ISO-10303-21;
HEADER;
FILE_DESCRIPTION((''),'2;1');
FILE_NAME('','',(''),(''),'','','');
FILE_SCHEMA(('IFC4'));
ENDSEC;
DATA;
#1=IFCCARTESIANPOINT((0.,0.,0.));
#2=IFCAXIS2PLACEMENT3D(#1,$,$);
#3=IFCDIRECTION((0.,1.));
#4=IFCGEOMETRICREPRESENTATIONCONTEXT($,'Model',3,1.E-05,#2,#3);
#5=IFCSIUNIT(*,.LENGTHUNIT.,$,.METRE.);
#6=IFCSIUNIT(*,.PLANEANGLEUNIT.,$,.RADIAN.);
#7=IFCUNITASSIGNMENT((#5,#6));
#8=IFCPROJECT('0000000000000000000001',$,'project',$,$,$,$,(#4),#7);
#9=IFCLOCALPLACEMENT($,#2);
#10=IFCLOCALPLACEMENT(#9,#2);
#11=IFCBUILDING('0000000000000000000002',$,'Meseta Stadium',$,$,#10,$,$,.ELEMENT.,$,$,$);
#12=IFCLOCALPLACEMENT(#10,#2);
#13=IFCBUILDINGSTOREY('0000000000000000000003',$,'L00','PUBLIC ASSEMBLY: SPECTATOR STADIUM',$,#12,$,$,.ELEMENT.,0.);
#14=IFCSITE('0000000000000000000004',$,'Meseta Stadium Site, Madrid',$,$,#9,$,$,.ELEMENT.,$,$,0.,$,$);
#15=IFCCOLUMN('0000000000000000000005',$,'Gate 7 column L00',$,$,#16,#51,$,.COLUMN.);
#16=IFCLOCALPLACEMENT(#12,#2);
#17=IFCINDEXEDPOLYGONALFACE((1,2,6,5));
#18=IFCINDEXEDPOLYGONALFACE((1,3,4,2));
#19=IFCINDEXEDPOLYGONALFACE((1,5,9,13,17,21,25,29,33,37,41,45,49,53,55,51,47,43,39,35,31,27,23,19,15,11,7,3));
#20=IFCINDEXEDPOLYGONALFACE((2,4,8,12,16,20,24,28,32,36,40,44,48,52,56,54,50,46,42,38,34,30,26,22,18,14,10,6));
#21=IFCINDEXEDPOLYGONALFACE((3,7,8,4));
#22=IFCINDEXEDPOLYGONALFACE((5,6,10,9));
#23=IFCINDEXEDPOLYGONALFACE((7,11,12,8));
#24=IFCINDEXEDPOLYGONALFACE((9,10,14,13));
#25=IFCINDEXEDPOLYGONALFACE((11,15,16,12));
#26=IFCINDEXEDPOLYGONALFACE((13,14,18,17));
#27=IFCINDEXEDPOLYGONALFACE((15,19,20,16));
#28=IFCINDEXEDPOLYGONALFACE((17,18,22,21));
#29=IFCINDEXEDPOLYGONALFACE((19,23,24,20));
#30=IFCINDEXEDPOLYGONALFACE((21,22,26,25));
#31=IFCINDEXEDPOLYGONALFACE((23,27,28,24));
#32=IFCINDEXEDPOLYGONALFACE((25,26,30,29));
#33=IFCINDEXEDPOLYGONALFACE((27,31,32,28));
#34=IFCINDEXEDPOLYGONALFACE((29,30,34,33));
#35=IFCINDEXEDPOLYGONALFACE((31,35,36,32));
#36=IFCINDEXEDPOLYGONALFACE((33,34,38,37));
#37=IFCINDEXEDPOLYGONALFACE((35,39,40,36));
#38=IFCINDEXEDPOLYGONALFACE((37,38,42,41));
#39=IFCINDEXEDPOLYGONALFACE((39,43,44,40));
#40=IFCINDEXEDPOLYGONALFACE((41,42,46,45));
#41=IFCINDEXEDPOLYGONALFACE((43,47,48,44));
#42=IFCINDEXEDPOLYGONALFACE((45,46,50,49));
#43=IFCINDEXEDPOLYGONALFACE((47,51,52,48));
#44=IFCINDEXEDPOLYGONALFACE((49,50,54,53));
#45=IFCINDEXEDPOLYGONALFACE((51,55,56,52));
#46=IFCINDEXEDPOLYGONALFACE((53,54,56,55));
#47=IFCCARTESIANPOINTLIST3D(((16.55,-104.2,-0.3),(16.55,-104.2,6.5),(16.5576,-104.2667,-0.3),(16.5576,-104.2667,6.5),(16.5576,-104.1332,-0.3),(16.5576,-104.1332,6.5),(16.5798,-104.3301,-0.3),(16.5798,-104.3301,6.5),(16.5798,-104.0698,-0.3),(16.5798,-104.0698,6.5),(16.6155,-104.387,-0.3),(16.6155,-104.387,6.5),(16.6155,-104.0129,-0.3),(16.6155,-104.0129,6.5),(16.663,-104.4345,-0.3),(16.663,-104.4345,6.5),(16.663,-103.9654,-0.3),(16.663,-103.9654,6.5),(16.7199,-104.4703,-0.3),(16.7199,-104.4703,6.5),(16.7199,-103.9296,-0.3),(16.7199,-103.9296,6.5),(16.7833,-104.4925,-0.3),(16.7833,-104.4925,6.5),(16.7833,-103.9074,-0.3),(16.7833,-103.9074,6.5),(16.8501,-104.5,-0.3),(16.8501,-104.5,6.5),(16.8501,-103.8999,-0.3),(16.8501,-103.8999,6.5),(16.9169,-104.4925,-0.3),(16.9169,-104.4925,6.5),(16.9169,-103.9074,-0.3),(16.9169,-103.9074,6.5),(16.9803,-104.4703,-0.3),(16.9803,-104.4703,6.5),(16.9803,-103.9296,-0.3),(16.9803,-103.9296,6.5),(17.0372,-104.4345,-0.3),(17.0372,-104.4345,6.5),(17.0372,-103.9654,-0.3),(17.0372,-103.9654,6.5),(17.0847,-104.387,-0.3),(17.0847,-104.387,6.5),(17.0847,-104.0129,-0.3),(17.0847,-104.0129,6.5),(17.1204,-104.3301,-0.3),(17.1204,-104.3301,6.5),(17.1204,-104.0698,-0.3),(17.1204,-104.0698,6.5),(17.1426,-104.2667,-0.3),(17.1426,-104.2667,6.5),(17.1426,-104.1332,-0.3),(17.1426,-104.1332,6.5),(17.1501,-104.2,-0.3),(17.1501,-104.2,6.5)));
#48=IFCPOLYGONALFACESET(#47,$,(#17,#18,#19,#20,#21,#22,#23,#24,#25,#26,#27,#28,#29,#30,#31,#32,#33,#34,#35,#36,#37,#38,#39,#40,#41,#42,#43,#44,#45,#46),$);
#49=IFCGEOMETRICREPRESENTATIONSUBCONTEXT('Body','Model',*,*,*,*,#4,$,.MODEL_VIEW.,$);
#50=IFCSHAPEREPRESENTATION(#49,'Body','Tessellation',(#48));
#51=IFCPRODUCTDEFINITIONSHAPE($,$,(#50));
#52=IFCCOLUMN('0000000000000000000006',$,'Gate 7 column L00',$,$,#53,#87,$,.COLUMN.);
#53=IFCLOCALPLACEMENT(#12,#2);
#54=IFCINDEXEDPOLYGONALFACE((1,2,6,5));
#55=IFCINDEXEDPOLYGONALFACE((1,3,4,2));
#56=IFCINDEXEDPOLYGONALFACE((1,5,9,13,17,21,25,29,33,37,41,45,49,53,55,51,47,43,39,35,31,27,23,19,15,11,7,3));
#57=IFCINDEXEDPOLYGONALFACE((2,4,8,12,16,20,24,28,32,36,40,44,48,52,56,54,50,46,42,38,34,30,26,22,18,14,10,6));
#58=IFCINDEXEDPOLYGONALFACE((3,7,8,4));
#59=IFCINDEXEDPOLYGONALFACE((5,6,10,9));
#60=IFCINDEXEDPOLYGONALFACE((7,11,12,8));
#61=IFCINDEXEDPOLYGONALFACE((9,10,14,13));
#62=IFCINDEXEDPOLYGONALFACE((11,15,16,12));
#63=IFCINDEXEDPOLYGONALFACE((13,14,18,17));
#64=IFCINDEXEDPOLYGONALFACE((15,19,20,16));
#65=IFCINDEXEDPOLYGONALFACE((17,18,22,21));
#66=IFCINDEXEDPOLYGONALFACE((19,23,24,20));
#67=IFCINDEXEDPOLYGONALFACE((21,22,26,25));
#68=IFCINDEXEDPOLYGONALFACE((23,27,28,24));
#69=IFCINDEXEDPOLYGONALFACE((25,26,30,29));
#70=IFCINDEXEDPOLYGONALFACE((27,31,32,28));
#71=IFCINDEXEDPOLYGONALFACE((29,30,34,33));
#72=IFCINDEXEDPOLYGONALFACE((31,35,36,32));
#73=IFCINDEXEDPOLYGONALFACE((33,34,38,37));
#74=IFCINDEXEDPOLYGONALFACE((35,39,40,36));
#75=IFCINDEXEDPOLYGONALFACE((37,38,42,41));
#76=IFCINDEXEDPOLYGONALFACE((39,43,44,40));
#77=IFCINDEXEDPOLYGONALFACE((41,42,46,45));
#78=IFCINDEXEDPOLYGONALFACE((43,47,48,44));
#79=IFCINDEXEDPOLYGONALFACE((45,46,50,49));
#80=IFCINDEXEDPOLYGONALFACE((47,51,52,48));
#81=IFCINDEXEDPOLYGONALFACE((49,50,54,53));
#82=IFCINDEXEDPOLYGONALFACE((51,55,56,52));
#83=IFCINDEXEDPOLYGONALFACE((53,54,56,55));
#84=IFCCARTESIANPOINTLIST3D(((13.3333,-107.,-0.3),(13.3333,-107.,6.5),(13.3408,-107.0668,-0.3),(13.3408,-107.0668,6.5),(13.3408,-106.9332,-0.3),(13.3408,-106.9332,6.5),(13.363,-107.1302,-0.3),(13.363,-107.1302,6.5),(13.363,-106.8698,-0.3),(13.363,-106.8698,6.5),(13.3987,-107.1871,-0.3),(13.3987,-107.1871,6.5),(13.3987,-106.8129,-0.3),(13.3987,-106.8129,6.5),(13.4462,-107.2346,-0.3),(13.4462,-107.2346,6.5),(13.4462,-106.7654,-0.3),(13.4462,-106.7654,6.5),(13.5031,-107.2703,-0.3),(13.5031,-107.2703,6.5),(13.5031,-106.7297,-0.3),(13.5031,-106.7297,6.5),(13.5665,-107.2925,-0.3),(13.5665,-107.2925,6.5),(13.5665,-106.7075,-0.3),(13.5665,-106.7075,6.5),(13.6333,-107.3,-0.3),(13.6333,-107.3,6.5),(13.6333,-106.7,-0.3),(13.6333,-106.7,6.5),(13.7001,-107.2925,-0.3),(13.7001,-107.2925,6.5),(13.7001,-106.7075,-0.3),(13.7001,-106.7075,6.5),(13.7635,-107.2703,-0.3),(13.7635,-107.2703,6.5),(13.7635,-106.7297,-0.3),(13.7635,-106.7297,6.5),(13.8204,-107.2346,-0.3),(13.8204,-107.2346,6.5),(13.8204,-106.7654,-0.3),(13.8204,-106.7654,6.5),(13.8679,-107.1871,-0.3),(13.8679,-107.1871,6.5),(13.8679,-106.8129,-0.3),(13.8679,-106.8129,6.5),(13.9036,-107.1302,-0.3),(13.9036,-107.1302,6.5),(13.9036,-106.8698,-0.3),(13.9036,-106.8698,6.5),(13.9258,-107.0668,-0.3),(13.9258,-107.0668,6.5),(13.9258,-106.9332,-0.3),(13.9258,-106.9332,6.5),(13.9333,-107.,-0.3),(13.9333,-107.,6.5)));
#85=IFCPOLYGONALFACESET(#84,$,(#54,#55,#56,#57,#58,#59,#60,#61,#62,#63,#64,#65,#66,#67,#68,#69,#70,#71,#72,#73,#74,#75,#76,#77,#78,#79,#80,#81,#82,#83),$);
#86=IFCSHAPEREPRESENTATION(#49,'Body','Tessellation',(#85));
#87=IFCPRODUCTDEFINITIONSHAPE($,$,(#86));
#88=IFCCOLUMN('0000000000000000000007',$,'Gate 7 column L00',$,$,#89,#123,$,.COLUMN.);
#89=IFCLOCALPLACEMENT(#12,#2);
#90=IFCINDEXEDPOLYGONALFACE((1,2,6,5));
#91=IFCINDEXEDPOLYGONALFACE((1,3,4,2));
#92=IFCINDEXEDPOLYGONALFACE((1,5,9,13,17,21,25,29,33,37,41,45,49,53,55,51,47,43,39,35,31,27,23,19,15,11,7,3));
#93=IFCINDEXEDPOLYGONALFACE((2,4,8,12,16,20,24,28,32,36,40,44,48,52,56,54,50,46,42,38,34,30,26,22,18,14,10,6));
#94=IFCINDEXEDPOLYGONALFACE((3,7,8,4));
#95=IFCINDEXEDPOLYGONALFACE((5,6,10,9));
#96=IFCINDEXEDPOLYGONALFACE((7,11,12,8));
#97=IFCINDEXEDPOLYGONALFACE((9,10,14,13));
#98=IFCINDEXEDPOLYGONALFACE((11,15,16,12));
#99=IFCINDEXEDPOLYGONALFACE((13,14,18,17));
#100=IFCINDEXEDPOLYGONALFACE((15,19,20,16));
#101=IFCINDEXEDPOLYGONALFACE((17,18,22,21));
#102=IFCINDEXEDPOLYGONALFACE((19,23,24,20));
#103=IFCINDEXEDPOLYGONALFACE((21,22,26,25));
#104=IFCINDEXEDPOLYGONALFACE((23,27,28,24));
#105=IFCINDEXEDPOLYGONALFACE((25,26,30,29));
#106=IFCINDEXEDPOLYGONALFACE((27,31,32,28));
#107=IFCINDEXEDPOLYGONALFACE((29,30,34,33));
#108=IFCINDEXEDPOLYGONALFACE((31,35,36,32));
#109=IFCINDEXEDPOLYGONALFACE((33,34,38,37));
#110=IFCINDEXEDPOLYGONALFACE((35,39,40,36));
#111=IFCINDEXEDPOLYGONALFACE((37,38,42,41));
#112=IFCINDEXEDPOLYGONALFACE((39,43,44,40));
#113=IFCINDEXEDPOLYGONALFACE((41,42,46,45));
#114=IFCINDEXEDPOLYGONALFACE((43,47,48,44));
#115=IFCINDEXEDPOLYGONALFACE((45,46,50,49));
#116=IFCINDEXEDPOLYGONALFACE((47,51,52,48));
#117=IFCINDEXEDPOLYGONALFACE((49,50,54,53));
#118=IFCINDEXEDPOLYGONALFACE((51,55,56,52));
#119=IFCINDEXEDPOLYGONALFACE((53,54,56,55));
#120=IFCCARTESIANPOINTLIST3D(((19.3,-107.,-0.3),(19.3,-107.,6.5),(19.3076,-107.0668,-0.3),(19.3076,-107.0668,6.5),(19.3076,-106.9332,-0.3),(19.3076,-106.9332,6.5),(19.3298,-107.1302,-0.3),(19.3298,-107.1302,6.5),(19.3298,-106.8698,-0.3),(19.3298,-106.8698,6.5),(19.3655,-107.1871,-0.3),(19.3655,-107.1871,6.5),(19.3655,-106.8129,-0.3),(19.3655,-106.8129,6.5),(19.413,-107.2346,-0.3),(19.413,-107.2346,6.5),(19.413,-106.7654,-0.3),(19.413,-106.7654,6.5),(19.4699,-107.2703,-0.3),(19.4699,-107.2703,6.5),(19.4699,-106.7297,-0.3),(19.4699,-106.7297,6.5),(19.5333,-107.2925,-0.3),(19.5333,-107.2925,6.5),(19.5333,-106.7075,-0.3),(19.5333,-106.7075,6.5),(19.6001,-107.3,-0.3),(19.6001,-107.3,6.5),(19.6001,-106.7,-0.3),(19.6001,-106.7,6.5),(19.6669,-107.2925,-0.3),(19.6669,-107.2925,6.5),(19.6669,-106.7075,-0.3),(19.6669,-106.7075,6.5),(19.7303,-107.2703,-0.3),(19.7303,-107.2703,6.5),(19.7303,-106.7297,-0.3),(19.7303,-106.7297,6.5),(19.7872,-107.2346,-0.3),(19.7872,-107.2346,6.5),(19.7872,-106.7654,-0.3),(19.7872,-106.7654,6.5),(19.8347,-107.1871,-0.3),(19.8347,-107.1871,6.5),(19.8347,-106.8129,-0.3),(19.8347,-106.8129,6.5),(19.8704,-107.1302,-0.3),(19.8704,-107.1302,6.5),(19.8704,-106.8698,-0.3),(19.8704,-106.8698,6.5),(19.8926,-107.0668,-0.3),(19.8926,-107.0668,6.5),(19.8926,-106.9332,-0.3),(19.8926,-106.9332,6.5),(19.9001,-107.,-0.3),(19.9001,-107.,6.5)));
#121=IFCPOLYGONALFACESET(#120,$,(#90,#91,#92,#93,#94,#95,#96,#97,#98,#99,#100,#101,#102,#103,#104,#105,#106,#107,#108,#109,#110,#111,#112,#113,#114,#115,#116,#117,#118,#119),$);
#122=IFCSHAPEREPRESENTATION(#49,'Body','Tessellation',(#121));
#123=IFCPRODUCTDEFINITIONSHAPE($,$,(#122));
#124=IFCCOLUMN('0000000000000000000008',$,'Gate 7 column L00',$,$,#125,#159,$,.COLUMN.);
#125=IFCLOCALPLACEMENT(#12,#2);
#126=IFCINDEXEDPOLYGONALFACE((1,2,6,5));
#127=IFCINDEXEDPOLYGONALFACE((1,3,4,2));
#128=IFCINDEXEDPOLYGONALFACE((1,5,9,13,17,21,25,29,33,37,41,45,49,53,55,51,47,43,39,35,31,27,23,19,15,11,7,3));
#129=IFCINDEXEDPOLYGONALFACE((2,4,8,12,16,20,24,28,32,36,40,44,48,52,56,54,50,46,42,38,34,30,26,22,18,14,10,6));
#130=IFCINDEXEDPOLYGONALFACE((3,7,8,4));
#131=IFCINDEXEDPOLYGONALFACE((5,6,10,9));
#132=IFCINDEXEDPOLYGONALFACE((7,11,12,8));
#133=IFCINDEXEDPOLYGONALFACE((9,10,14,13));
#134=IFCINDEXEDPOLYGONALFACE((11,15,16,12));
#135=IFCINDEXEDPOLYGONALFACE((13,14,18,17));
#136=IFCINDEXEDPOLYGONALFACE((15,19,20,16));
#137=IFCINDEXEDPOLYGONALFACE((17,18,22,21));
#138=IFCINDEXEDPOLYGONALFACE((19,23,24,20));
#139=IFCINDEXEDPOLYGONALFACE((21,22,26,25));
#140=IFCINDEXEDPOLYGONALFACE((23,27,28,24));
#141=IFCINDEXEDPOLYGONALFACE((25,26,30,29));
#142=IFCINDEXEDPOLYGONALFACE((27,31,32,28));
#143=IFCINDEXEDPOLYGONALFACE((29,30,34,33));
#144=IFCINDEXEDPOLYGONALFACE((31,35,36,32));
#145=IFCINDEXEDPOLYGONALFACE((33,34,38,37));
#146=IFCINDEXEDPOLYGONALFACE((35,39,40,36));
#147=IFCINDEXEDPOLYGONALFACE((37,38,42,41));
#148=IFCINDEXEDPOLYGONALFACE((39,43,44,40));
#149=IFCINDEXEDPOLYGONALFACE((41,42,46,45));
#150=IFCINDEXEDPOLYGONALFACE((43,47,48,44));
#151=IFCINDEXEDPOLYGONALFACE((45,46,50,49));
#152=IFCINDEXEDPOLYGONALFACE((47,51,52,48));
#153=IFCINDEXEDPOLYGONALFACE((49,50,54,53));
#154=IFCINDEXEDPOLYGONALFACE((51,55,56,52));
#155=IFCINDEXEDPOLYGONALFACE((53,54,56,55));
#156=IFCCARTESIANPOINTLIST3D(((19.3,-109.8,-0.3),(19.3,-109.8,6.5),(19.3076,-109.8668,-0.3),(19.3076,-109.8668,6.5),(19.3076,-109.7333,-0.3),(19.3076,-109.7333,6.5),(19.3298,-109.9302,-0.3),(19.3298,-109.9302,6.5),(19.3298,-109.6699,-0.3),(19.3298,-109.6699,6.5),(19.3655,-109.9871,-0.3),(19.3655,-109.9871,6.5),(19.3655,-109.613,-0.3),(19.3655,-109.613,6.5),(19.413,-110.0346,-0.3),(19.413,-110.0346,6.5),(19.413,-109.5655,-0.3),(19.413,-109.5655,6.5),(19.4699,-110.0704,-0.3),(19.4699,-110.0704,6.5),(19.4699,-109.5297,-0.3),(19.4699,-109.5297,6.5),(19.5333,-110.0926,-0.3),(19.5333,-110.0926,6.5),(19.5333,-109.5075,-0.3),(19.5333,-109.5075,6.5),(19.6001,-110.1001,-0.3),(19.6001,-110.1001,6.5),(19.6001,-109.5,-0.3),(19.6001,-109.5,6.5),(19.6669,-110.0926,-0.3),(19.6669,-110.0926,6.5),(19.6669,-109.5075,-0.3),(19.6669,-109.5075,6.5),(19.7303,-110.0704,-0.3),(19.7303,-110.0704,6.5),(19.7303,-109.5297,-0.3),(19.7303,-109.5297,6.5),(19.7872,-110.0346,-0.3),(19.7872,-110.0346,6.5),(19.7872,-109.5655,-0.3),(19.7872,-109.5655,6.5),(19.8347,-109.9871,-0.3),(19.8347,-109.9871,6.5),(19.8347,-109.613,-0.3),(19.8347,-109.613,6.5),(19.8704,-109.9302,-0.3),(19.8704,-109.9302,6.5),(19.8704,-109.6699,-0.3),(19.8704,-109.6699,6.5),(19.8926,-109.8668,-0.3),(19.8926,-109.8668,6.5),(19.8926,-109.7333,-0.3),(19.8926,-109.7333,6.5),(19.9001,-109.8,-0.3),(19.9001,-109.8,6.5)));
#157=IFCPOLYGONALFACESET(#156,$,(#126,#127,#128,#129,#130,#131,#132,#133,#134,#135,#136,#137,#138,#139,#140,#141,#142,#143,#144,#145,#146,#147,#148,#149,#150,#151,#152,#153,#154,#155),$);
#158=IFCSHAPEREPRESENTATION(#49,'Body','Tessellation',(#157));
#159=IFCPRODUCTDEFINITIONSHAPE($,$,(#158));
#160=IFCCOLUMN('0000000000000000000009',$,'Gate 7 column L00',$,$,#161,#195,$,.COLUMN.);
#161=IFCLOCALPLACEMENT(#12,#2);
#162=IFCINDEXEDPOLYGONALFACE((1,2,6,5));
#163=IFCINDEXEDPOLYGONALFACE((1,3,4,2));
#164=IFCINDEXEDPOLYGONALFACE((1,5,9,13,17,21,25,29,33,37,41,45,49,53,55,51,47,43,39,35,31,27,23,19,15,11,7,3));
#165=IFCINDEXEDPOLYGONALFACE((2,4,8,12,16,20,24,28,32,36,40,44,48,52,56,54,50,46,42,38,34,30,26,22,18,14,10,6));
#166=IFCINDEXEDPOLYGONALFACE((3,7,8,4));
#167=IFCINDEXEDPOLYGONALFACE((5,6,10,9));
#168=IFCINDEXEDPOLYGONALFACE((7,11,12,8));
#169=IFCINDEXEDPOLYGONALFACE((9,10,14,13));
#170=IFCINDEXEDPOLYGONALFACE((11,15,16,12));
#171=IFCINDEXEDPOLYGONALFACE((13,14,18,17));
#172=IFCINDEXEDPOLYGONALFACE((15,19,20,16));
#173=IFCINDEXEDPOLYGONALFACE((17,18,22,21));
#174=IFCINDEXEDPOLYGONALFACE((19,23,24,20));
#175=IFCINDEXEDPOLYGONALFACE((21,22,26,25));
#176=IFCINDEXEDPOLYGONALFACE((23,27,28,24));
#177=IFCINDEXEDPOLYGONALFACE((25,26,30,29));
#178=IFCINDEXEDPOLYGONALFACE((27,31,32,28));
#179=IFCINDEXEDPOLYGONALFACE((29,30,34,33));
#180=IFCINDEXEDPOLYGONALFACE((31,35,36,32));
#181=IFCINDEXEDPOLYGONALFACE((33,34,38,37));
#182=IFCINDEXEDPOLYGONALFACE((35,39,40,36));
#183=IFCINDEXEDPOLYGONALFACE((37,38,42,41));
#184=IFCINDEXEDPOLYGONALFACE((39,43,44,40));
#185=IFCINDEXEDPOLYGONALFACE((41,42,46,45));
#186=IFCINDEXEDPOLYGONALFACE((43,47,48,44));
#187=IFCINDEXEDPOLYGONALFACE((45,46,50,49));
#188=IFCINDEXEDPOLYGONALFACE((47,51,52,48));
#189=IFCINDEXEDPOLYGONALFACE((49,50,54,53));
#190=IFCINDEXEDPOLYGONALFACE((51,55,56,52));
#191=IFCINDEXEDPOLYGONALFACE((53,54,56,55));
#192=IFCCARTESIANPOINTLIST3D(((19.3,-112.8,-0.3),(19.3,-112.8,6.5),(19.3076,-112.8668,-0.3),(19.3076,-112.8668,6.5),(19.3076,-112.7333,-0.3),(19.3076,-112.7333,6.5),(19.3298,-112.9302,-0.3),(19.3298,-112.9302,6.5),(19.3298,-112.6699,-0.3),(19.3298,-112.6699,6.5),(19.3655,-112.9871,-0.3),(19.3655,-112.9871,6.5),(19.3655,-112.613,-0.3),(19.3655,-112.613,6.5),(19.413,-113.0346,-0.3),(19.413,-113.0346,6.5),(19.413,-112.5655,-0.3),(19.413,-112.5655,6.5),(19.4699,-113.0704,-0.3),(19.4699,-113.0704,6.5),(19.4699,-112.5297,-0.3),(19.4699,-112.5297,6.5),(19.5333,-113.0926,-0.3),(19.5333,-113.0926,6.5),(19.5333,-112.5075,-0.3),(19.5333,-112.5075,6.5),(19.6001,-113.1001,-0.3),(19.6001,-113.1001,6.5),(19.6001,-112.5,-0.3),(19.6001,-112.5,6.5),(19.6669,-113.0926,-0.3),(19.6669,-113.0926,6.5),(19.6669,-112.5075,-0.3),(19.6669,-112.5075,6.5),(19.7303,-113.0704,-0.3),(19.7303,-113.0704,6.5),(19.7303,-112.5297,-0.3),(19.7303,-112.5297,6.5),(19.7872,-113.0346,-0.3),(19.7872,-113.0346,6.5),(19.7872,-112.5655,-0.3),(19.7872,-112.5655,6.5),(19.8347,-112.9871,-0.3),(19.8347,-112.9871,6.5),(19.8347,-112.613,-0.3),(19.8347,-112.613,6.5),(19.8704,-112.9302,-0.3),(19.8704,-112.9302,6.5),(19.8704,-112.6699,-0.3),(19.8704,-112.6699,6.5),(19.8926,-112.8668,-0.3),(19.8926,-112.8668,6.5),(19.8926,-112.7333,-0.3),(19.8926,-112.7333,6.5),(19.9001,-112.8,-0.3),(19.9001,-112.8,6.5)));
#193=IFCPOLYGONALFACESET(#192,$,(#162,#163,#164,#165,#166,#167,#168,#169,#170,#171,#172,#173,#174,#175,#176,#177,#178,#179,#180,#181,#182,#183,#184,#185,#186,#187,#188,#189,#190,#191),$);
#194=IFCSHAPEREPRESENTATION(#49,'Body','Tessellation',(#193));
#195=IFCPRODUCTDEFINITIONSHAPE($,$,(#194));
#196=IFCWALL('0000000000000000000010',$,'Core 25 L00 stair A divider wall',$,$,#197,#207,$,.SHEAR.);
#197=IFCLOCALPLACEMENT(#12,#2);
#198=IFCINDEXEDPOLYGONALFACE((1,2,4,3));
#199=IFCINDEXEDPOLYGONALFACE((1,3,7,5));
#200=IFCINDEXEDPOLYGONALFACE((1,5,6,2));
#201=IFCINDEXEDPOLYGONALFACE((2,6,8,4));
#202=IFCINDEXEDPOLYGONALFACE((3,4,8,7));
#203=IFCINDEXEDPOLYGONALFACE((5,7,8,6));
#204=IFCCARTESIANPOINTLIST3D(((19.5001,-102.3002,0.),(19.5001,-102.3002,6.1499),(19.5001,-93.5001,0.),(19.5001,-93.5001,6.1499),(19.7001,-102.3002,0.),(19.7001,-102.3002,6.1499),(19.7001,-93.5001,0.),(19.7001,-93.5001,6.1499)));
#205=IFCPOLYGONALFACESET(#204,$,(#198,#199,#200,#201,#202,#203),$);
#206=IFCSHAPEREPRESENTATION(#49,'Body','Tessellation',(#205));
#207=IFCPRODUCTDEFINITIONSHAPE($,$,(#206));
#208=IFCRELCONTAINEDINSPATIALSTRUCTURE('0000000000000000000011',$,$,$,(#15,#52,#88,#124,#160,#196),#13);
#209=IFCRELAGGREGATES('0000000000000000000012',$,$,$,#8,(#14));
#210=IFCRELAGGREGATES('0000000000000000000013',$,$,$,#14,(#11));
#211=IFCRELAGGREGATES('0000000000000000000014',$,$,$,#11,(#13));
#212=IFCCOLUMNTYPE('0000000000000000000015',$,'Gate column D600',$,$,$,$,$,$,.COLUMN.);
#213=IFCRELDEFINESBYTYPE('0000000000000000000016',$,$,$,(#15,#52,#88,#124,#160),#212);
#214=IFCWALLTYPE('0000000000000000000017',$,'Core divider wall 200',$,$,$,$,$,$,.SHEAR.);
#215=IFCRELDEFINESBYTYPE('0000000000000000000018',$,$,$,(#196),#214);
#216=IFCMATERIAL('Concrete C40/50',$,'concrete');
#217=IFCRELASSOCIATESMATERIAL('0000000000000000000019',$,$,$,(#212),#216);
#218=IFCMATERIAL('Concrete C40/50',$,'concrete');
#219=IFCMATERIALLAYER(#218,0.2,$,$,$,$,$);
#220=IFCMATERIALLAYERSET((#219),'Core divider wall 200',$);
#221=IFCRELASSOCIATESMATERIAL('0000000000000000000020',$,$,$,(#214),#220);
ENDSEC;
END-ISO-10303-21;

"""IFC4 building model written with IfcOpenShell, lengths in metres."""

from ifc_helpers import new_model, si_unit, direction, frame, frame_2d, origin, origin_2d, place, context, subcontext, project, spatial, rectangle, circle, extrude, material, layer, layer_set, material_profile, profile_set, type_object, element, save


model = new_model("IFC4")

# Units and contexts
model_context = context("Model", 3, precision=1e-05, world=origin(), true_north=direction((0.0, 1.0)))
body_context = subcontext(model_context, "Body", "Model", "MODEL_VIEW")
ifc_project = project(units=[si_unit("LENGTHUNIT", "METRE"), si_unit("PLANEANGLEUNIT", "RADIAN")], contexts=[model_context])

# Site, building, storey
site_placement = place(None, origin())
site = spatial("IfcSite", under=ifc_project, at=site_placement, Name="Meseta Stadium Site, Madrid", CompositionType="ELEMENT", RefElevation=0.0)
building_placement = place(site_placement, origin())
building = spatial("IfcBuilding", under=site, at=building_placement, Name="Meseta Stadium", CompositionType="ELEMENT")
storey_placement = place(building_placement, origin())
storey = spatial("IfcBuildingStorey", under=building, at=storey_placement, Name="L00", Description="PUBLIC ASSEMBLY: SPECTATOR STADIUM", CompositionType="ELEMENT", Elevation=0.0)

# Columns
ifc_material_1 = material(Name="Concrete C40/50", Category="concrete")
ifc_material_profile = material_profile(ifc_material_1, circle(Radius=0.3, at=origin_2d()), Name="RC D600")
ifc_profile_set = profile_set([ifc_material_profile], Name="Concrete C40/50")
column_type = type_object("IfcColumnType", Name="Gate column D600", PredefinedType="COLUMN", material=ifc_profile_set)
for number, where, z_axis, x_axis, name in (
    (1, (16.8501, -104.2, -0.3), (0.0, 0.0, 1.0), (1.0, 0.0, 0.0), "Gate 7 column L00"),
    (2, (13.6333, -107.0, -0.3), (0.0, 0.0, 1.0), (1.0, 0.0, 0.0), "Gate 7 column L00"),
    (3, (19.6001, -107.0, -0.3), (0.0, 0.0, 1.0), (1.0, 0.0, 0.0), "Gate 7 column L00"),
    (4, (19.6001, -109.8, -0.3), (0.0, 0.0, 1.0), (1.0, 0.0, 0.0), "Gate 7 column L00"),
    (5, (19.6001, -112.8, -0.3), (0.0, 0.0, 1.0), (1.0, 0.0, 0.0), "Gate 7 column L00"),
):
    element("IfcColumn", number, at=place(storey_placement, frame(where, z_axis=z_axis, x_axis=x_axis)), inside=storey, type_object=column_type, Name=name, PredefinedType="COLUMN", context=body_context, shape_type="SweptSolid", body=[
        extrude(circle(Radius=0.3, at=origin_2d()), origin(), (0.0, 0.0, 1.0), 6.8),
    ])

# Wall
ifc_material_2 = material(Name="Concrete C40/50", Category="concrete")
ifc_layer_1 = layer(ifc_material_2, 0.2)
ifc_layer_set_1 = layer_set([ifc_layer_1], Name="Core divider wall 200")
wall_type_1 = type_object("IfcWallType", Name="Core divider wall 200", PredefinedType="SHEAR", material=ifc_layer_set_1)
wall_1_placement = place(storey_placement, frame((19.6001, -102.3, 0.0), z_axis=(0.0, 0.0, 1.0), x_axis=(0.0, 1.0, 0.0)))
element("IfcWall", 6, at=wall_1_placement, inside=storey, type_object=wall_type_1, Name="Core 25 L00 stair A divider wall", PredefinedType="SHEAR", context=body_context, shape_type="SweptSolid", body=[
    extrude(rectangle(XDim=8.8, YDim=0.2, at=frame_2d((4.3999, 0.0))), origin(), (0.0, 0.0, 1.0), 6.1499),
])

save(model, "model.ifc")
